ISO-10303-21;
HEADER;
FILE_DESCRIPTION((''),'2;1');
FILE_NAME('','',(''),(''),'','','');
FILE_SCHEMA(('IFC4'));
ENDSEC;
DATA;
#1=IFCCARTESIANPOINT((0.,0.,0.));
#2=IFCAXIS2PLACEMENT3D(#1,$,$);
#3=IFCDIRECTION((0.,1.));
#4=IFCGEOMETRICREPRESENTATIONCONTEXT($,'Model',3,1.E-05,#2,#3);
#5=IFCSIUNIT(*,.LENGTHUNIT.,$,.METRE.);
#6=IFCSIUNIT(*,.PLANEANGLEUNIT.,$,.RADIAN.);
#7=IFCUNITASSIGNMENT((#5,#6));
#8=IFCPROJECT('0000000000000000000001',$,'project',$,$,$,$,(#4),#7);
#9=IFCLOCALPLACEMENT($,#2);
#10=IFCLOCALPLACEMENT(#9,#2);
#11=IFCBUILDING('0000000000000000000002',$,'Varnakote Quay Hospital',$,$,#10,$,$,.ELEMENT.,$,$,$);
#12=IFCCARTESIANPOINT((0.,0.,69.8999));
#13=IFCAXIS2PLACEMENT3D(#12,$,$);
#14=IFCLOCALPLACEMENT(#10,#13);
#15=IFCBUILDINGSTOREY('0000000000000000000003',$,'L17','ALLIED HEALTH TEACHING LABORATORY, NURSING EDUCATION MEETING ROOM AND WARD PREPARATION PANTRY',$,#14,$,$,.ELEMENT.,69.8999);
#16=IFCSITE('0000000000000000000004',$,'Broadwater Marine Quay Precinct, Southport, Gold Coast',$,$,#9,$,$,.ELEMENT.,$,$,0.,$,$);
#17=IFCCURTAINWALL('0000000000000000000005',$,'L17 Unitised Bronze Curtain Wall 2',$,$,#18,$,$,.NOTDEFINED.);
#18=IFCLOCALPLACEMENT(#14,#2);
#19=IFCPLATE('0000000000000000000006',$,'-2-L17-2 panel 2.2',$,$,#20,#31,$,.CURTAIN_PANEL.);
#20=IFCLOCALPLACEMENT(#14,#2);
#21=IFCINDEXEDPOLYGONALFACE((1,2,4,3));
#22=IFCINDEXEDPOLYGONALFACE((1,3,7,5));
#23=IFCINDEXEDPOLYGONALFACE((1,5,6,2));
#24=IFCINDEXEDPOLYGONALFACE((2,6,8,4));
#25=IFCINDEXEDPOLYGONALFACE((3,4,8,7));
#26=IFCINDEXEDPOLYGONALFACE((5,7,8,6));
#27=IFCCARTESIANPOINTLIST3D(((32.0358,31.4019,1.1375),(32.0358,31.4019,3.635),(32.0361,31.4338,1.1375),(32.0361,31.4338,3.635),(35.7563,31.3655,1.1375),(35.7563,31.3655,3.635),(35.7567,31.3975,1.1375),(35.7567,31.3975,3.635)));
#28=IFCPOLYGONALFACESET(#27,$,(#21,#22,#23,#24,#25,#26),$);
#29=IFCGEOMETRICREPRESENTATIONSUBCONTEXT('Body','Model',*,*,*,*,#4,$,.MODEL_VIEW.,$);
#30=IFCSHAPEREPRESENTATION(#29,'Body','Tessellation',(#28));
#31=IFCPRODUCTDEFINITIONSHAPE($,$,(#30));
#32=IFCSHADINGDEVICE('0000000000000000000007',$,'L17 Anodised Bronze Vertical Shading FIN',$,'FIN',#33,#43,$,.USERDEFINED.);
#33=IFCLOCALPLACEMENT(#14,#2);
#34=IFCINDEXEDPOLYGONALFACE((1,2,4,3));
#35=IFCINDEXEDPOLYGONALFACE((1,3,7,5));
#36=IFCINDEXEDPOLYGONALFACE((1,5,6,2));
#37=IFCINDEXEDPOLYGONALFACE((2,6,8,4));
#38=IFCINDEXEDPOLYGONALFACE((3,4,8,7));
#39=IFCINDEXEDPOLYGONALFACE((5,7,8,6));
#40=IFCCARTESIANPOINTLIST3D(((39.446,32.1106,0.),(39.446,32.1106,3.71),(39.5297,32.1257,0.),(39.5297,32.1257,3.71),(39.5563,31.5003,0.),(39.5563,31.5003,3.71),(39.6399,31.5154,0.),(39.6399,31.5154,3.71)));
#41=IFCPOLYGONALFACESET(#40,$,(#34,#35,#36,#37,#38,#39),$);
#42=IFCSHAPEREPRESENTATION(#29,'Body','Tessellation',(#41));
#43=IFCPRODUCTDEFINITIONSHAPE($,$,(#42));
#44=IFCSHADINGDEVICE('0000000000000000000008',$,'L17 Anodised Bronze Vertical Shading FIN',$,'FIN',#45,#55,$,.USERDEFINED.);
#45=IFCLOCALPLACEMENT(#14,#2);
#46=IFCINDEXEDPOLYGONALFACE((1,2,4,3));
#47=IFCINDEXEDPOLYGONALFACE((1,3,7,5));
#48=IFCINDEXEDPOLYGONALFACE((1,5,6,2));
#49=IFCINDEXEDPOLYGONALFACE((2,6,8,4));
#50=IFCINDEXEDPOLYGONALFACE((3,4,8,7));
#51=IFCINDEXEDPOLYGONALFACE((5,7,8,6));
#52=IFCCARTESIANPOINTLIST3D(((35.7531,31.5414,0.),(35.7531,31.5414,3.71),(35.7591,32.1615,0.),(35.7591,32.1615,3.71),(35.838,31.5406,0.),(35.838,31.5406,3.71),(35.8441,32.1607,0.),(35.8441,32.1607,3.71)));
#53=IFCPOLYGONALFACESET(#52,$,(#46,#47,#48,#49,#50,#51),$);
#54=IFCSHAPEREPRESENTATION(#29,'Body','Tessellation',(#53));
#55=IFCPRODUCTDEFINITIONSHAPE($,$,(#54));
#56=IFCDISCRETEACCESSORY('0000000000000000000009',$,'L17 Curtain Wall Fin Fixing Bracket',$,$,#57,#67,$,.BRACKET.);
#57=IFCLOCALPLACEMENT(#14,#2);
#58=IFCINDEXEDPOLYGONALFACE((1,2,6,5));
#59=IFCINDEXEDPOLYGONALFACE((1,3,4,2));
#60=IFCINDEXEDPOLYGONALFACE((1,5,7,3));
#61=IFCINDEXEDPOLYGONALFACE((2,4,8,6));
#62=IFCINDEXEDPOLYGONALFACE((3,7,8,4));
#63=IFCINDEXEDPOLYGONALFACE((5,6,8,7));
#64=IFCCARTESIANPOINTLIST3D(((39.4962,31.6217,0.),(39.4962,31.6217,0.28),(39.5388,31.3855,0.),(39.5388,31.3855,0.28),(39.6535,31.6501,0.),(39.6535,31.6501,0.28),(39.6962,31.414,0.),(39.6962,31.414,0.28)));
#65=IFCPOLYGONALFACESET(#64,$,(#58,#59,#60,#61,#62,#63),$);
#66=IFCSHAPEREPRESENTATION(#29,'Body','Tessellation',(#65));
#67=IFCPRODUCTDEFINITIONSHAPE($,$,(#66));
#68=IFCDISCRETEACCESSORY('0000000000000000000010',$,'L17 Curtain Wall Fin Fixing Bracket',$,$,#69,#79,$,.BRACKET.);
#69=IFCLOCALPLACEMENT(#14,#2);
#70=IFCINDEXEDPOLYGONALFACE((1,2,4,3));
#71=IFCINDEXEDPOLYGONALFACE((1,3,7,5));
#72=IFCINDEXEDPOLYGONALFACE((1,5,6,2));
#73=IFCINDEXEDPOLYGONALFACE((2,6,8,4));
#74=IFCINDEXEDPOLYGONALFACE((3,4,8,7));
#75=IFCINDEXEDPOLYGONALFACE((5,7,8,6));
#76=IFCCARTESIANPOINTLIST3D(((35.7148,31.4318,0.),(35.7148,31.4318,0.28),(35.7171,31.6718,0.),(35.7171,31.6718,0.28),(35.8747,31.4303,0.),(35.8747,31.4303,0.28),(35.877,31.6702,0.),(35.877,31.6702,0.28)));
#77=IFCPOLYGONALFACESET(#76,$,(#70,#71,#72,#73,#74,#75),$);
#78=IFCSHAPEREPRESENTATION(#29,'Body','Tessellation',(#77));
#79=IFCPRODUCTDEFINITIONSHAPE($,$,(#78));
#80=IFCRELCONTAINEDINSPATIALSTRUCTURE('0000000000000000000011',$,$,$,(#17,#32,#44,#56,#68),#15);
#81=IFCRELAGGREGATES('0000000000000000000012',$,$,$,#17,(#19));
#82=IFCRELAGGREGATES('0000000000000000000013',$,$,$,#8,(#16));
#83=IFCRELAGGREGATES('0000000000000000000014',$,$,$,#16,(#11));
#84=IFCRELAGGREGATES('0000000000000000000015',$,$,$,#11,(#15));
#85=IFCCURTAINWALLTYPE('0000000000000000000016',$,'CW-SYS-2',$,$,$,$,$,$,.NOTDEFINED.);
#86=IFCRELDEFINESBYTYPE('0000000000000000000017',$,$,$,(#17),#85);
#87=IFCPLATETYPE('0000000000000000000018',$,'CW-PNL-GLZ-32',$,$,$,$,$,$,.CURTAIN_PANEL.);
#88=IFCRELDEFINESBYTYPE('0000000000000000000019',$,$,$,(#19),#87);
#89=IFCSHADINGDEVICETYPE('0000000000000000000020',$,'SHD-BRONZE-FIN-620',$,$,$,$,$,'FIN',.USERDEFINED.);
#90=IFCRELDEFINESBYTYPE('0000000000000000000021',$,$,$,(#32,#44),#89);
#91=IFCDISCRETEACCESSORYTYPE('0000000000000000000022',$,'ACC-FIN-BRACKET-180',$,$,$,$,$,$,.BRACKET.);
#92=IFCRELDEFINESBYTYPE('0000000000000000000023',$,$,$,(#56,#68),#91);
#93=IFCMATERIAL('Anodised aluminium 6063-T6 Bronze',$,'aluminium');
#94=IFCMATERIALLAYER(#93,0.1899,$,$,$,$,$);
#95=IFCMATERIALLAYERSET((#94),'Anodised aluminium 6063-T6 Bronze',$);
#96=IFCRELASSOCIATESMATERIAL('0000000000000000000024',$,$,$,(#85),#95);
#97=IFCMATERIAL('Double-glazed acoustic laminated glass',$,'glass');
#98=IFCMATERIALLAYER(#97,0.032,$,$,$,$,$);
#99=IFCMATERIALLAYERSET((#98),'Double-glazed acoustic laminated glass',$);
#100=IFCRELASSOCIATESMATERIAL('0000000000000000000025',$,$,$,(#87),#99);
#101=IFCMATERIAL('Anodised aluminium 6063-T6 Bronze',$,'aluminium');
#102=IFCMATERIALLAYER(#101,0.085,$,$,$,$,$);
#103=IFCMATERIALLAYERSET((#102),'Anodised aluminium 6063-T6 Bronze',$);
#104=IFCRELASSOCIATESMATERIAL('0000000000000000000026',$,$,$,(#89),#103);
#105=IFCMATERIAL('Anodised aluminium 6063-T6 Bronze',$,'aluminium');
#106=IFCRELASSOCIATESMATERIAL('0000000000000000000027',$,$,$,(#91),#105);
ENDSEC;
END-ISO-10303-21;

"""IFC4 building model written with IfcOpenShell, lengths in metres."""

from ifc_helpers import new_model, si_unit, direction, frame, origin, origin_2d, place, context, subcontext, project, spatial, rectangle, extrude, material, layer, layer_set, type_object, element, aggregate, save


model = new_model("IFC4")

# Units and contexts
model_context = context("Model", 3, precision=1e-05, world=origin(), true_north=direction((0.0, 1.0)))
body_context = subcontext(model_context, "Body", "Model", "MODEL_VIEW")
ifc_project = project(units=[si_unit("LENGTHUNIT", "METRE"), si_unit("PLANEANGLEUNIT", "RADIAN")], contexts=[model_context])

# Site, building, storey
site_placement = place(None, origin())
site = spatial("IfcSite", under=ifc_project, at=site_placement, Name="Broadwater Marine Quay Precinct, Southport, Gold Coast", CompositionType="ELEMENT", RefElevation=0.0)
building_placement = place(site_placement, origin())
building = spatial("IfcBuilding", under=site, at=building_placement, Name="Varnakote Quay Hospital", CompositionType="ELEMENT")
storey_placement = place(building_placement, frame((0.0, 0.0, 69.8999)))
storey = spatial("IfcBuildingStorey", under=building, at=storey_placement, Name="L17", Description="ALLIED HEALTH TEACHING LABORATORY, NURSING EDUCATION MEETING ROOM AND WARD PREPARATION PANTRY", CompositionType="ELEMENT", Elevation=69.8999)

# Shared definitions
ifc_material_1 = material(Name="Anodised aluminium 6063-T6 Bronze", Category="aluminium")
ifc_layer_1 = layer(ifc_material_1, 0.1899)
ifc_layer_set_1 = layer_set([ifc_layer_1], Name="Anodised aluminium 6063-T6 Bronze")
curtain_wall_type = type_object("IfcCurtainWallType", Name="CW-SYS-2", PredefinedType="NOTDEFINED", material=ifc_layer_set_1)

# Curtain wall
curtain_wall_1_placement = place(storey_placement, origin())
curtain_wall_1 = element("IfcCurtainWall", 1, at=curtain_wall_1_placement, inside=storey, type_object=curtain_wall_type, Name="L17 Unitised Bronze Curtain Wall 2", PredefinedType="NOTDEFINED")

# Plate
ifc_material_2 = material(Name="Double-glazed acoustic laminated glass", Category="glass")
ifc_layer_2 = layer(ifc_material_2, 0.032)
ifc_layer_set_2 = layer_set([ifc_layer_2], Name="Double-glazed acoustic laminated glass")
plate_type = type_object("IfcPlateType", Name="CW-PNL-GLZ-32", PredefinedType="CURTAIN_PANEL", material=ifc_layer_set_2)
plate_1_placement = place(storey_placement, frame((33.8962, 31.3997, 1.1375), z_axis=(0.0, 0.0, 1.0), x_axis=(-0.999952, 0.009774, 0.0)))
plate_1 = element("IfcPlate", 2, at=plate_1_placement, type_object=plate_type, Name="-2-L17-2 panel 2.2", PredefinedType="CURTAIN_PANEL", context=body_context, shape_type="SweptSolid", body=[
    extrude(rectangle(XDim=3.7207, YDim=0.032, at=origin_2d()), origin(), (0.0, 0.0, 1.0), 2.4976),
])
aggregate(curtain_wall_1, [plate_1])

# Shading devices
ifc_material_3 = material(Name="Anodised aluminium 6063-T6 Bronze", Category="aluminium")
ifc_layer_3 = layer(ifc_material_3, 0.085)
ifc_layer_set_3 = layer_set([ifc_layer_3], Name="Anodised aluminium 6063-T6 Bronze")
shading_device_type = type_object("IfcShadingDeviceType", Name="SHD-BRONZE-FIN-620", ElementType="FIN", PredefinedType="USERDEFINED", material=ifc_layer_set_3)
for number, where, z_axis, x_axis, name in (
    (3, (39.543, 31.813, 0.0), (0.0, 0.0, 1.0), (0.177772, -0.984072, 0.0), "L17 Anodised Bronze Vertical Shading FIN"),
    (4, (35.7986, 31.8511, 0.0), (0.0, 0.0, 1.0), (-0.009774, -0.999952, 0.0), "L17 Anodised Bronze Vertical Shading FIN"),
):
    element("IfcShadingDevice", number, at=place(storey_placement, frame(where, z_axis=z_axis, x_axis=x_axis)), inside=storey, type_object=shading_device_type, Name=name, ObjectType="FIN", PredefinedType="USERDEFINED", context=body_context, shape_type="SweptSolid", body=[
        extrude(rectangle(XDim=0.6201, YDim=0.085, at=origin_2d()), origin(), (0.0, 0.0, 1.0), 3.71),
    ])

# Discrete accessories
ifc_material_4 = material(Name="Anodised aluminium 6063-T6 Bronze", Category="aluminium")
discrete_accessory_type = type_object("IfcDiscreteAccessoryType", Name="ACC-FIN-BRACKET-180", PredefinedType="BRACKET", material=ifc_material_4)
for number, where, z_axis, x_axis, name in (
    (5, (39.5962, 31.5178, 0.0), (0.0, 0.0, 1.0), (-0.984072, -0.177772, 0.0), "L17 Curtain Wall Fin Fixing Bracket"),
    (6, (35.7959, 31.551, 0.0), (0.0, 0.0, 1.0), (-0.999952, 0.009774, 0.0), "L17 Curtain Wall Fin Fixing Bracket"),
):
    element("IfcDiscreteAccessory", number, at=place(storey_placement, frame(where, z_axis=z_axis, x_axis=x_axis)), inside=storey, type_object=discrete_accessory_type, Name=name, PredefinedType="BRACKET", context=body_context, shape_type="SweptSolid", body=[
        extrude(rectangle(XDim=0.1599, YDim=0.24, at=origin_2d()), origin(), (0.0, 0.0, 1.0), 0.28),
    ])

save(model, "model.ifc")
